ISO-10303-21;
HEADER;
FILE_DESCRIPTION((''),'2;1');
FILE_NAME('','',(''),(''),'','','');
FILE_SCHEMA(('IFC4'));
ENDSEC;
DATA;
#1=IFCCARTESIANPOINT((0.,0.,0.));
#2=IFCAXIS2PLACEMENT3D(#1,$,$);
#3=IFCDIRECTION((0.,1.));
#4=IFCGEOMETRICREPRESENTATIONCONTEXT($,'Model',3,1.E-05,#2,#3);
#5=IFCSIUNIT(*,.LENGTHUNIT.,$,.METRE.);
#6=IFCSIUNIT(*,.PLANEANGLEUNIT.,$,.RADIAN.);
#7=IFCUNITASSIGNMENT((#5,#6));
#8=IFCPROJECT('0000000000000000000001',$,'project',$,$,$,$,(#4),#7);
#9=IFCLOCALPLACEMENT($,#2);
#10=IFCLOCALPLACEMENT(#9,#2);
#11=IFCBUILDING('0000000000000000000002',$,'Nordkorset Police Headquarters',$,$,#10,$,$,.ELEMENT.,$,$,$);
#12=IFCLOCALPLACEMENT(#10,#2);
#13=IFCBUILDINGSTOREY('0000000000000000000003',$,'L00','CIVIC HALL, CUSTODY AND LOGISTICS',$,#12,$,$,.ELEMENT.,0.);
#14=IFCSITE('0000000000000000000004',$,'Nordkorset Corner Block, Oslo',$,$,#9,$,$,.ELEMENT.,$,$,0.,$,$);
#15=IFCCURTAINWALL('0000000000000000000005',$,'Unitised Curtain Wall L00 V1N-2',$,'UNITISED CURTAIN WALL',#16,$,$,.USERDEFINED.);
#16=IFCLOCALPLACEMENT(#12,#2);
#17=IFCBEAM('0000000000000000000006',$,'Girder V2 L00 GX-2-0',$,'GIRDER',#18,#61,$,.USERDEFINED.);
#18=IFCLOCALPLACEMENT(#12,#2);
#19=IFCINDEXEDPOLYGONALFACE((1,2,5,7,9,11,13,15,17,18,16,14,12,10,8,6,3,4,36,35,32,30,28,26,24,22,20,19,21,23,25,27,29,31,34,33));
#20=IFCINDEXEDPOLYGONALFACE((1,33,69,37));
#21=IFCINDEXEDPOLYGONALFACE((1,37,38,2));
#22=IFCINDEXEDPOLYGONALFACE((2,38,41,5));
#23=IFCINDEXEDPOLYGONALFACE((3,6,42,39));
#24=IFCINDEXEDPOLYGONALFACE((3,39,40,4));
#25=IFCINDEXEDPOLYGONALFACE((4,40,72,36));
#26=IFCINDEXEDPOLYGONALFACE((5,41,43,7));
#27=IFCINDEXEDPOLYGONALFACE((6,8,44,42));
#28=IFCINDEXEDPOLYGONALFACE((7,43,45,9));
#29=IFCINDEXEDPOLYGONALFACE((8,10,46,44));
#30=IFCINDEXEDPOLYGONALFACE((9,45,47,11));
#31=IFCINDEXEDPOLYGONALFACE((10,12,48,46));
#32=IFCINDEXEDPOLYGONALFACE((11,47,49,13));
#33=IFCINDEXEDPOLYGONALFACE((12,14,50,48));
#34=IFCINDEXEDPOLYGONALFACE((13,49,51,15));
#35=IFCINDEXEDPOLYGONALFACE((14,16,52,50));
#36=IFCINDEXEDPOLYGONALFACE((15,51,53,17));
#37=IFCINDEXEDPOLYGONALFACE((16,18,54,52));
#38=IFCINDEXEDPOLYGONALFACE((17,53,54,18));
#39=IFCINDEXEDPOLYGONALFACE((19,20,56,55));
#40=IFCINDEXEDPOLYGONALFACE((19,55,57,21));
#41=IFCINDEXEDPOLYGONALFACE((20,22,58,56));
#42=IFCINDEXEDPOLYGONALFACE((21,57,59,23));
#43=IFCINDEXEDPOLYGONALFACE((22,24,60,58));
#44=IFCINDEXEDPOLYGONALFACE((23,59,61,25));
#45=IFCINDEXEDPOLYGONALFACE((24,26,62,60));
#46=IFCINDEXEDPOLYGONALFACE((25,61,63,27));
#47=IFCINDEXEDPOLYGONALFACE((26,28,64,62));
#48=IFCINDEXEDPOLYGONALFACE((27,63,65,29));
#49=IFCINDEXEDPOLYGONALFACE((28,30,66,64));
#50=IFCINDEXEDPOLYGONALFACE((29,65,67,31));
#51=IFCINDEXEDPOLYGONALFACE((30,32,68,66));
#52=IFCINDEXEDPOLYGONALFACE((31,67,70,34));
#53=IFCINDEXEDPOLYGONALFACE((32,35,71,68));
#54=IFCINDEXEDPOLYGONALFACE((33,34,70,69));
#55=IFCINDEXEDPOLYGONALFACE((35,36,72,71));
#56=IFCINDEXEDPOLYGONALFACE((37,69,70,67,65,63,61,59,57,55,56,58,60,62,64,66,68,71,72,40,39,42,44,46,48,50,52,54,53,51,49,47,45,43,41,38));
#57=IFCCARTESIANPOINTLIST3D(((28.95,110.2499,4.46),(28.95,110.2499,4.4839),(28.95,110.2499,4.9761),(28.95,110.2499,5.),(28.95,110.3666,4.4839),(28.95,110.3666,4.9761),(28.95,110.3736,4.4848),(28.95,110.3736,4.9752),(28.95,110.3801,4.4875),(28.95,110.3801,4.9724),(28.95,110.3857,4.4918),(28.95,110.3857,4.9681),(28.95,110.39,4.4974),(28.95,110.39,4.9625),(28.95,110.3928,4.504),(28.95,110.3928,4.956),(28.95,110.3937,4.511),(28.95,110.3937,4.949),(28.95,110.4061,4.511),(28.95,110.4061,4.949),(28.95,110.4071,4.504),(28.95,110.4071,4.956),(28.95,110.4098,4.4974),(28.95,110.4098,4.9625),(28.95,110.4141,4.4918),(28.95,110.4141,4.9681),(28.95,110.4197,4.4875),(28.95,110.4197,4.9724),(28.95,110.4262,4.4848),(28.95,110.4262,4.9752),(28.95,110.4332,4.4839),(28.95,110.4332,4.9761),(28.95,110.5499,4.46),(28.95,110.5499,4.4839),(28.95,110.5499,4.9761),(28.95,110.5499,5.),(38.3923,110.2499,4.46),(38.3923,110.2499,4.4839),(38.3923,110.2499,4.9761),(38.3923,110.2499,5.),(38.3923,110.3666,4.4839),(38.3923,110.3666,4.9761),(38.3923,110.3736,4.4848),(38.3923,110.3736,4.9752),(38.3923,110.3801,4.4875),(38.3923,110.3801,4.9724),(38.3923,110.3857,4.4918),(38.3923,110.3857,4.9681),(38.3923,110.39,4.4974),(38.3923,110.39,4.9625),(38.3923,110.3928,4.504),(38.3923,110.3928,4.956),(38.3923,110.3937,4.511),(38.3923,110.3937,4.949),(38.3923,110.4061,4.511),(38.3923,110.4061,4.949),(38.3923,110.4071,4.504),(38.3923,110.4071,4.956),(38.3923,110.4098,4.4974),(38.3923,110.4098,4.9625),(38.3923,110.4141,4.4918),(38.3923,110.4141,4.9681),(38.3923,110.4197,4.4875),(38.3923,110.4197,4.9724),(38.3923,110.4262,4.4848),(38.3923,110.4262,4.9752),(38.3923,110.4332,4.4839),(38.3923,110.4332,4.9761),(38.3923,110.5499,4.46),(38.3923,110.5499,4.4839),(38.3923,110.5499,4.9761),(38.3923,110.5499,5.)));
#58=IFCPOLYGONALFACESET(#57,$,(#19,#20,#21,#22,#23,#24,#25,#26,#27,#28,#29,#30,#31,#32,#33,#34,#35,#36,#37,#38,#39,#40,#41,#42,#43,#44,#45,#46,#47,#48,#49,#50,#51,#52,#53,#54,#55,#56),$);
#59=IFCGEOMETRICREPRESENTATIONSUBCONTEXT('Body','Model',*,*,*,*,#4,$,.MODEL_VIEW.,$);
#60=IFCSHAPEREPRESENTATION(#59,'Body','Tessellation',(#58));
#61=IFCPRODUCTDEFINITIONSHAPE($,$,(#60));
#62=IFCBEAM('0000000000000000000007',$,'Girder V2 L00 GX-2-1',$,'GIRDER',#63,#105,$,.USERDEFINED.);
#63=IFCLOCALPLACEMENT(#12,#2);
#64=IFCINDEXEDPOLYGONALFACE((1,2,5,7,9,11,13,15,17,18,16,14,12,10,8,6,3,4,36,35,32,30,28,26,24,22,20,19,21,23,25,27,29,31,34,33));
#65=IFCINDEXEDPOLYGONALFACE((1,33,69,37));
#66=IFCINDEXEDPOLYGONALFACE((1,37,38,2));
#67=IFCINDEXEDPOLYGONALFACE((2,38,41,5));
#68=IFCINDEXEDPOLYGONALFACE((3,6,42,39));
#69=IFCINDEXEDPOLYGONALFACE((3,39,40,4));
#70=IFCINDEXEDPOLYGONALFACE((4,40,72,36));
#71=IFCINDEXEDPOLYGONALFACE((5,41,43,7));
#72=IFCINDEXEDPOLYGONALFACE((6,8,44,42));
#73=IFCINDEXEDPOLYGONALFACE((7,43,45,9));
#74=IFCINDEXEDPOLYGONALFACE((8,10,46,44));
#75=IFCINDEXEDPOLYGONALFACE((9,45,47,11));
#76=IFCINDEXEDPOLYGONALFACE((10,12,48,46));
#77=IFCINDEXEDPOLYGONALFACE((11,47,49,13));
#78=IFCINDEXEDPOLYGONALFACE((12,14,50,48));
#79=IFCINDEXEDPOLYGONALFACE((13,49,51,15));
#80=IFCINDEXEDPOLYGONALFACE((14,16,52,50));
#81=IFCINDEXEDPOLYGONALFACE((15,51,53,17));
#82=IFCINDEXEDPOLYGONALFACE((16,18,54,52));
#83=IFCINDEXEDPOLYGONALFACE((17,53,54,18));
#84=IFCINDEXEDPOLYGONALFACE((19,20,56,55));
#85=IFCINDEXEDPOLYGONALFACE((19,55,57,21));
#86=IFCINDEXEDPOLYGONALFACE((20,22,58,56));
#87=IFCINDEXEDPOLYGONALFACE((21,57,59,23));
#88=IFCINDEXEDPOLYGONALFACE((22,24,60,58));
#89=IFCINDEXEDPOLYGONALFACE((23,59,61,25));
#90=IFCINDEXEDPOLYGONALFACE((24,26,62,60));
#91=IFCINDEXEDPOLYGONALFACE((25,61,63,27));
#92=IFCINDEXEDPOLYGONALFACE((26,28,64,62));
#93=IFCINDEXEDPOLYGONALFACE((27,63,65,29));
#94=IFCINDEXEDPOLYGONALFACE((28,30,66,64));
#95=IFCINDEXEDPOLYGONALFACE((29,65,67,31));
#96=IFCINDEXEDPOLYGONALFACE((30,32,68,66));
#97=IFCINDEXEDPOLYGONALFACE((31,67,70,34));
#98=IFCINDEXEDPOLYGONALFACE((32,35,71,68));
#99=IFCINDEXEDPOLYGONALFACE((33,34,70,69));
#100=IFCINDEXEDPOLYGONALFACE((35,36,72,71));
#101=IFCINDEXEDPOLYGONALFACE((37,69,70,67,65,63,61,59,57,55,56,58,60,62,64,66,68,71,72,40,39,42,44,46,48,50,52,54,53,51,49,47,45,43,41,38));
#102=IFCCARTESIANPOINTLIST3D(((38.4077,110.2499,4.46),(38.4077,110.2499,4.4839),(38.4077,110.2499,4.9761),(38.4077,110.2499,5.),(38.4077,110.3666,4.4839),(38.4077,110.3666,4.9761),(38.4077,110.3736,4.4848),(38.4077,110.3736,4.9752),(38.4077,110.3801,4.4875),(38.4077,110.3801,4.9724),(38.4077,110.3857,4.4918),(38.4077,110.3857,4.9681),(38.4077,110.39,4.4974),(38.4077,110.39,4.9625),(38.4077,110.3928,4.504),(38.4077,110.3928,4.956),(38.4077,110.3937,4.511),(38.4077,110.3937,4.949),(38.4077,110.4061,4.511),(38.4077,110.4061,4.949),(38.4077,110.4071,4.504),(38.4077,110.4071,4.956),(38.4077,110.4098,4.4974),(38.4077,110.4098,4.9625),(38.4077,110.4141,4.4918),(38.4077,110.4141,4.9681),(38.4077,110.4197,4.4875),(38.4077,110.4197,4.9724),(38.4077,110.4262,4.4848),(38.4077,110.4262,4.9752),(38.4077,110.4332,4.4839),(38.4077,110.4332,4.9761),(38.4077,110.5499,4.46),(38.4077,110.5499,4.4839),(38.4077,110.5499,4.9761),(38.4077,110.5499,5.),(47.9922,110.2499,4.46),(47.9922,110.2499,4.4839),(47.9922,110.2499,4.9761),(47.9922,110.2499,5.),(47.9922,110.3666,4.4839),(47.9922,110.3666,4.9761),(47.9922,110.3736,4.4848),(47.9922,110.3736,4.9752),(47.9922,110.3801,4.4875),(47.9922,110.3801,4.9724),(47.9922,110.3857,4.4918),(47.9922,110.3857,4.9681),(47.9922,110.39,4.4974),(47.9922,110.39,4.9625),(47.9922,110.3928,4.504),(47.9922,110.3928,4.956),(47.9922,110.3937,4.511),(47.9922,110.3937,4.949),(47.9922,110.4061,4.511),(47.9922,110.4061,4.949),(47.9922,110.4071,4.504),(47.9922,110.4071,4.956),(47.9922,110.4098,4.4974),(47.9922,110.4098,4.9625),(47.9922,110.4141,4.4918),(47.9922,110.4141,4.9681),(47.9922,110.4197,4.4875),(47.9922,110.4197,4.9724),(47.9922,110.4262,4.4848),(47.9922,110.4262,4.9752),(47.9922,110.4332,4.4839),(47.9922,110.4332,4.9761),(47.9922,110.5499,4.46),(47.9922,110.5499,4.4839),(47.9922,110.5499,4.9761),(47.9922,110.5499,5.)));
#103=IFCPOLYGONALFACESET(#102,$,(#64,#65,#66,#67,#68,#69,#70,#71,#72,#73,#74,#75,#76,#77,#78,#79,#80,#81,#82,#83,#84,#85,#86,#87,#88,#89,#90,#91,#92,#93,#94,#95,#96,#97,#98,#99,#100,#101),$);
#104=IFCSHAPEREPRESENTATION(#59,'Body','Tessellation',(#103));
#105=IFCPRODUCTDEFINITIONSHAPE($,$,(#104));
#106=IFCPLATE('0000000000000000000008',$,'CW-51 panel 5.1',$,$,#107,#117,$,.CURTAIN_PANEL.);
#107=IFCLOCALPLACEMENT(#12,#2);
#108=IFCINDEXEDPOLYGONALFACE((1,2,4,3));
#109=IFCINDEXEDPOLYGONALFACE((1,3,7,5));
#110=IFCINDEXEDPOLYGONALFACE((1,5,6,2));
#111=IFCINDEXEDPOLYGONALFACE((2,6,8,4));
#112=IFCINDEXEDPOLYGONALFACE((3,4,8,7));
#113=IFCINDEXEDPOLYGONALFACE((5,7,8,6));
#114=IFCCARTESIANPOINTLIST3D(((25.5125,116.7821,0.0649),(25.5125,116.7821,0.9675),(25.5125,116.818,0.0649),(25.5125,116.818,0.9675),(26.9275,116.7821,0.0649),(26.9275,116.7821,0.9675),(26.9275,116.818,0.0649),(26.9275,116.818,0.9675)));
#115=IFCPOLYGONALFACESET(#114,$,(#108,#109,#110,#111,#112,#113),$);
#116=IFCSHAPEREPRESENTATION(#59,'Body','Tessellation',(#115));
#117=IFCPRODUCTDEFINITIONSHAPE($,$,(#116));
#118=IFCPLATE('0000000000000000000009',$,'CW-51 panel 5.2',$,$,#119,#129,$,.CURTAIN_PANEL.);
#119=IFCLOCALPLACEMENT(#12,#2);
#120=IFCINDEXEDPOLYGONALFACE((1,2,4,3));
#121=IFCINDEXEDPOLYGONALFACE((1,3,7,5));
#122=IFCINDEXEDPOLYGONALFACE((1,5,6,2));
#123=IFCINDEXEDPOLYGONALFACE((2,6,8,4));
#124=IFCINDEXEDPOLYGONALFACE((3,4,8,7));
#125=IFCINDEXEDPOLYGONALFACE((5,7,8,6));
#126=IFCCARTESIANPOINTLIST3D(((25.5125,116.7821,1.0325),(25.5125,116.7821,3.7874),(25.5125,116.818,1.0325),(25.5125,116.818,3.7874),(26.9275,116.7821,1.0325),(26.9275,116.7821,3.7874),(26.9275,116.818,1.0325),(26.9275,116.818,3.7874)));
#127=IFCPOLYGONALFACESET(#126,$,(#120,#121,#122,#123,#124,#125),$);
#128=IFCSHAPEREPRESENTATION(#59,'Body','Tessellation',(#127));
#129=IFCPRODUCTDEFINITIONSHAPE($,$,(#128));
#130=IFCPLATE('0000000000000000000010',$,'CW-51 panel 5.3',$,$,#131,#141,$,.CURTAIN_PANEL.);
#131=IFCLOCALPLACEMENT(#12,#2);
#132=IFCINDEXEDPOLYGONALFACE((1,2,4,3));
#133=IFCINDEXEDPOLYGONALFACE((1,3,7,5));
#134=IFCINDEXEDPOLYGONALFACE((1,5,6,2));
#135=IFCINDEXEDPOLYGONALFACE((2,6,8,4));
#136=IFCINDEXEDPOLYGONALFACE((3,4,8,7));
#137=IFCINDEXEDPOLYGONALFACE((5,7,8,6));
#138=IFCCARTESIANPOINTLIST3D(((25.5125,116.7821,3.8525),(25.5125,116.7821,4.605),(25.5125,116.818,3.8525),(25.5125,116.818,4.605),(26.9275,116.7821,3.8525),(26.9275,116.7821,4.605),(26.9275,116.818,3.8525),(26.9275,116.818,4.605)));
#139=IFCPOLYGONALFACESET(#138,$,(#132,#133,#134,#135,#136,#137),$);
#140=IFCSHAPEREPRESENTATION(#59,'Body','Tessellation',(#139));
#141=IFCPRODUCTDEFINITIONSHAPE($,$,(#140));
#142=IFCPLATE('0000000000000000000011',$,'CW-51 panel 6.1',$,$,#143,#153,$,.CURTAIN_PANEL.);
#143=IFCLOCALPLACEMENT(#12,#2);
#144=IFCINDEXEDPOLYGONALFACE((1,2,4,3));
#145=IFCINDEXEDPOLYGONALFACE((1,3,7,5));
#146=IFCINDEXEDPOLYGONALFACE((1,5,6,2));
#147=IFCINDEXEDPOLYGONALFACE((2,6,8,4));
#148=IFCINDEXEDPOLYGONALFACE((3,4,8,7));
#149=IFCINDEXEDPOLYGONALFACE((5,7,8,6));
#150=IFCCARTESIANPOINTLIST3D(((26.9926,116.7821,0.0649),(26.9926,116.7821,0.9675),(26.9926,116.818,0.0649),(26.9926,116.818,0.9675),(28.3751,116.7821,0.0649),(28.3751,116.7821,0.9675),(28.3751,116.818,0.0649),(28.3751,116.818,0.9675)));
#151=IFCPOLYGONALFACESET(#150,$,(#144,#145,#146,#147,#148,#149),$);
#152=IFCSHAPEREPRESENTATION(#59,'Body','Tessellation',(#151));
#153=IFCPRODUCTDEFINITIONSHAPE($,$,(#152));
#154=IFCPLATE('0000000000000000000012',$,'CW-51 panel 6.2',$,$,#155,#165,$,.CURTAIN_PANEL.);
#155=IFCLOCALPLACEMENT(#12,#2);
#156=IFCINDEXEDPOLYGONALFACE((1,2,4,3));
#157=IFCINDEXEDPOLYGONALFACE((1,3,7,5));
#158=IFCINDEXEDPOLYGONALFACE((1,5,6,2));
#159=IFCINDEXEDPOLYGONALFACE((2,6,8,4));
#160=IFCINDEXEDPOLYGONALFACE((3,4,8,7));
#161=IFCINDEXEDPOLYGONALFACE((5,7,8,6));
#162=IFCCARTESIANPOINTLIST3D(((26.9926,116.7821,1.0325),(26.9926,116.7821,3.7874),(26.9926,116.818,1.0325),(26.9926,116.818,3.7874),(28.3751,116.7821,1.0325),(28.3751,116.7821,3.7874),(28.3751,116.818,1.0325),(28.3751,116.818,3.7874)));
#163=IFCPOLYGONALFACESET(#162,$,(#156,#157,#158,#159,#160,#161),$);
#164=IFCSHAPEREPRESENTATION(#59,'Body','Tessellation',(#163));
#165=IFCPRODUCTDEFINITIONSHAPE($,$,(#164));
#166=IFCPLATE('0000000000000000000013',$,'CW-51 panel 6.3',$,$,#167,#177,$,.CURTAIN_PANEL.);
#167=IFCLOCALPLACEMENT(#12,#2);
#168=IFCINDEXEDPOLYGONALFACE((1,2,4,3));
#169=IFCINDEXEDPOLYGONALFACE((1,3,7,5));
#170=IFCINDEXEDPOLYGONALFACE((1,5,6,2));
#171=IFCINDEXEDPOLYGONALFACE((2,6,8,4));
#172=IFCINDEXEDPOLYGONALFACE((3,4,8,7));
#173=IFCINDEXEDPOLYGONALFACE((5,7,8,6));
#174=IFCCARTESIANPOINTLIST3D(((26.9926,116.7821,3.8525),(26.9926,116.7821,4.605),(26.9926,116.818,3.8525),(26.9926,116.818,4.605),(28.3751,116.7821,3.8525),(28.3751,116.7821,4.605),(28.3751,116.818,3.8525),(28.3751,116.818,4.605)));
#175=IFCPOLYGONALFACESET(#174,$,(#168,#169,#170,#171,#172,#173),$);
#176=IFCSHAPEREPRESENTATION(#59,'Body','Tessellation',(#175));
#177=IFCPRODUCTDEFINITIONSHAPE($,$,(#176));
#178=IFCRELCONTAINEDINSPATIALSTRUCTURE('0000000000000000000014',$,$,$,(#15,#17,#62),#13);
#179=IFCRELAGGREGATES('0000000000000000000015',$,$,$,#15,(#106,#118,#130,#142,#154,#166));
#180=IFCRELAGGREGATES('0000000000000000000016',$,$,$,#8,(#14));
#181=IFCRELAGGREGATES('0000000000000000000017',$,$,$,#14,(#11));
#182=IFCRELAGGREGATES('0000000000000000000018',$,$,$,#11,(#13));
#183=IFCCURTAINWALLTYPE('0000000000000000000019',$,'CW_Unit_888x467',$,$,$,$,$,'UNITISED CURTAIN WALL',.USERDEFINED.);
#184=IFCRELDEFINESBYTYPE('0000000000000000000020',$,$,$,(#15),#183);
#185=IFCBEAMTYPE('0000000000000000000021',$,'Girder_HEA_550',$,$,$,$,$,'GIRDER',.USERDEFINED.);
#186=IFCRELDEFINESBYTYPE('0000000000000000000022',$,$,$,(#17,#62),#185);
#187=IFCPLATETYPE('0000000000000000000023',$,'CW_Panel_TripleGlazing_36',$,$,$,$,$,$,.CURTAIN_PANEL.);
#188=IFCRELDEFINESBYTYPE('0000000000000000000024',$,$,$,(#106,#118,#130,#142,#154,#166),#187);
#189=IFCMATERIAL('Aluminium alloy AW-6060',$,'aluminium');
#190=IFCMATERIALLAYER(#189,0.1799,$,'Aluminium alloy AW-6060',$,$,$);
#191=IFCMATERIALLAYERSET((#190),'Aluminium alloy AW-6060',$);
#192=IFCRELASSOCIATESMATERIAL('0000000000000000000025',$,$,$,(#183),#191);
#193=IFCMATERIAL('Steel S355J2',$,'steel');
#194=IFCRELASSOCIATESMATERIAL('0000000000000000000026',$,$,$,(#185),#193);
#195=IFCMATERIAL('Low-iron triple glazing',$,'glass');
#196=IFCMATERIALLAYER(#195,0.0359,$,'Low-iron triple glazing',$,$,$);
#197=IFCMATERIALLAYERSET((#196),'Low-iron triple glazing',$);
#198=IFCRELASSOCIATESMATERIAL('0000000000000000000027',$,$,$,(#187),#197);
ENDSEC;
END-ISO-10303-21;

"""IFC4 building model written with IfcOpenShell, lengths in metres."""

from ifc_helpers import new_model, si_unit, direction, frame, origin, origin_2d, place, context, subcontext, project, spatial, rectangle, i_section, extrude, material, layer, layer_set, material_profile, profile_set, type_object, element, aggregate, save


model = new_model("IFC4")

# Units and contexts
model_context = context("Model", 3, precision=1e-05, world=origin(), true_north=direction((0.0, 1.0)))
body_context = subcontext(model_context, "Body", "Model", "MODEL_VIEW")
ifc_project = project(units=[si_unit("LENGTHUNIT", "METRE"), si_unit("PLANEANGLEUNIT", "RADIAN")], contexts=[model_context])

# Site, building, storey
site_placement = place(None, origin())
site = spatial("IfcSite", under=ifc_project, at=site_placement, Name="Nordkorset Corner Block, Oslo", CompositionType="ELEMENT", RefElevation=0.0)
building_placement = place(site_placement, origin())
building = spatial("IfcBuilding", under=site, at=building_placement, Name="Nordkorset Police Headquarters", CompositionType="ELEMENT")
storey_placement = place(building_placement, origin())
storey = spatial("IfcBuildingStorey", under=building, at=storey_placement, Name="L00", Description="CIVIC HALL, CUSTODY AND LOGISTICS", CompositionType="ELEMENT", Elevation=0.0)

# Curtain wall
ifc_material_1 = material(Name="Aluminium alloy AW-6060", Category="aluminium")
ifc_layer_1 = layer(ifc_material_1, 0.1799, Name="Aluminium alloy AW-6060")
ifc_layer_set_1 = layer_set([ifc_layer_1], Name="Aluminium alloy AW-6060")
curtain_wall_type = type_object("IfcCurtainWallType", Name="CW_Unit_888x467", ElementType="UNITISED CURTAIN WALL", PredefinedType="USERDEFINED", material=ifc_layer_set_1)
curtain_wall_placement = place(storey_placement, origin())
curtain_wall = element("IfcCurtainWall", 1, at=curtain_wall_placement, inside=storey, type_object=curtain_wall_type, Name="Unitised Curtain Wall L00 V1N-2", ObjectType="UNITISED CURTAIN WALL", PredefinedType="USERDEFINED")

# Beams
ifc_material_2 = material(Name="Steel S355J2", Category="steel")
ifc_material_profile_1 = material_profile(ifc_material_2, i_section(OverallWidth=0.3, OverallDepth=0.54, WebThickness=0.0125, FlangeThickness=0.0239, FilletRadius=0.0271, at=origin_2d()), Name="HEA 550")
ifc_profile_set_1 = profile_set([ifc_material_profile_1], Name="Steel S355J2")
beam_type_1 = type_object("IfcBeamType", Name="Girder_HEA_550", ElementType="GIRDER", PredefinedType="USERDEFINED", material=ifc_profile_set_1)
beam_1_placement = place(storey_placement, frame((28.95, 110.3999, 4.73), z_axis=(1.0, 0.0, 0.0), x_axis=(0.0, 1.0, 0.0)))
element("IfcBeam", 2, at=beam_1_placement, inside=storey, type_object=beam_type_1, Name="Girder V2 L00 GX-2-0", ObjectType="GIRDER", PredefinedType="USERDEFINED", context=body_context, shape_type="SweptSolid", body=[
    extrude(i_section(OverallWidth=0.3, OverallDepth=0.54, WebThickness=0.0125, FlangeThickness=0.0239, FilletRadius=0.0271, at=origin_2d()), origin(), (0.0, 0.0, 1.0), 9.4424),
])
beam_2_placement = place(storey_placement, frame((38.4077, 110.3999, 4.73), z_axis=(1.0, 0.0, 0.0), x_axis=(0.0, 1.0, 0.0)))
element("IfcBeam", 3, at=beam_2_placement, inside=storey, type_object=beam_type_1, Name="Girder V2 L00 GX-2-1", ObjectType="GIRDER", PredefinedType="USERDEFINED", context=body_context, shape_type="SweptSolid", body=[
    extrude(i_section(OverallWidth=0.3, OverallDepth=0.54, WebThickness=0.0125, FlangeThickness=0.0239, FilletRadius=0.0271, at=origin_2d()), origin(), (0.0, 0.0, 1.0), 9.5845),
])

# Plates
ifc_material_3 = material(Name="Low-iron triple glazing", Category="glass")
ifc_layer_2 = layer(ifc_material_3, 0.0359, Name="Low-iron triple glazing")
ifc_layer_set_2 = layer_set([ifc_layer_2], Name="Low-iron triple glazing")
plate_type = type_object("IfcPlateType", Name="CW_Panel_TripleGlazing_36", PredefinedType="CURTAIN_PANEL", material=ifc_layer_set_2)
plate_1_placement = place(storey_placement, frame((26.22, 116.8, 0.0649), z_axis=(0.0, 0.0, 1.0), x_axis=(1.0, 0.0, 0.0)))
plate_1 = element("IfcPlate", 4, at=plate_1_placement, type_object=plate_type, Name="CW-51 panel 5.1", PredefinedType="CURTAIN_PANEL", context=body_context, shape_type="SweptSolid", body=[
    extrude(rectangle(XDim=1.415, YDim=0.0359, at=origin_2d()), origin(), (0.0, 0.0, 1.0), 0.9026),
])
plate_2_placement = place(storey_placement, frame((26.22, 116.8, 1.0325), z_axis=(0.0, 0.0, 1.0), x_axis=(1.0, 0.0, 0.0)))
plate_2 = element("IfcPlate", 5, at=plate_2_placement, type_object=plate_type, Name="CW-51 panel 5.2", PredefinedType="CURTAIN_PANEL", context=body_context, shape_type="SweptSolid", body=[
    extrude(rectangle(XDim=1.415, YDim=0.0359, at=origin_2d()), origin(), (0.0, 0.0, 1.0), 2.7549),
])
plate_3_placement = place(storey_placement, frame((26.22, 116.8, 3.8525), z_axis=(0.0, 0.0, 1.0), x_axis=(1.0, 0.0, 0.0)))
plate_3 = element("IfcPlate", 6, at=plate_3_placement, type_object=plate_type, Name="CW-51 panel 5.3", PredefinedType="CURTAIN_PANEL", context=body_context, shape_type="SweptSolid", body=[
    extrude(rectangle(XDim=1.415, YDim=0.0359, at=origin_2d()), origin(), (0.0, 0.0, 1.0), 0.7524),
])
plate_4_placement = place(storey_placement, frame((27.6838, 116.8, 0.0649), z_axis=(0.0, 0.0, 1.0), x_axis=(1.0, 0.0, 0.0)))
plate_4 = element("IfcPlate", 7, at=plate_4_placement, type_object=plate_type, Name="CW-51 panel 6.1", PredefinedType="CURTAIN_PANEL", context=body_context, shape_type="SweptSolid", body=[
    extrude(rectangle(XDim=1.3826, YDim=0.0359, at=origin_2d()), origin(), (0.0, 0.0, 1.0), 0.9026),
])
plate_5_placement = place(storey_placement, frame((27.6838, 116.8, 1.0325), z_axis=(0.0, 0.0, 1.0), x_axis=(1.0, 0.0, 0.0)))
plate_5 = element("IfcPlate", 8, at=plate_5_placement, type_object=plate_type, Name="CW-51 panel 6.2", PredefinedType="CURTAIN_PANEL", context=body_context, shape_type="SweptSolid", body=[
    extrude(rectangle(XDim=1.3826, YDim=0.0359, at=origin_2d()), origin(), (0.0, 0.0, 1.0), 2.7549),
])
plate_6_placement = place(storey_placement, frame((27.6838, 116.8, 3.8525), z_axis=(0.0, 0.0, 1.0), x_axis=(1.0, 0.0, 0.0)))
plate_6 = element("IfcPlate", 9, at=plate_6_placement, type_object=plate_type, Name="CW-51 panel 6.3", PredefinedType="CURTAIN_PANEL", context=body_context, shape_type="SweptSolid", body=[
    extrude(rectangle(XDim=1.3826, YDim=0.0359, at=origin_2d()), origin(), (0.0, 0.0, 1.0), 0.7524),
])
aggregate(curtain_wall, [plate_1, plate_2, plate_3, plate_4, plate_5, plate_6])

save(model, "model.ifc")
